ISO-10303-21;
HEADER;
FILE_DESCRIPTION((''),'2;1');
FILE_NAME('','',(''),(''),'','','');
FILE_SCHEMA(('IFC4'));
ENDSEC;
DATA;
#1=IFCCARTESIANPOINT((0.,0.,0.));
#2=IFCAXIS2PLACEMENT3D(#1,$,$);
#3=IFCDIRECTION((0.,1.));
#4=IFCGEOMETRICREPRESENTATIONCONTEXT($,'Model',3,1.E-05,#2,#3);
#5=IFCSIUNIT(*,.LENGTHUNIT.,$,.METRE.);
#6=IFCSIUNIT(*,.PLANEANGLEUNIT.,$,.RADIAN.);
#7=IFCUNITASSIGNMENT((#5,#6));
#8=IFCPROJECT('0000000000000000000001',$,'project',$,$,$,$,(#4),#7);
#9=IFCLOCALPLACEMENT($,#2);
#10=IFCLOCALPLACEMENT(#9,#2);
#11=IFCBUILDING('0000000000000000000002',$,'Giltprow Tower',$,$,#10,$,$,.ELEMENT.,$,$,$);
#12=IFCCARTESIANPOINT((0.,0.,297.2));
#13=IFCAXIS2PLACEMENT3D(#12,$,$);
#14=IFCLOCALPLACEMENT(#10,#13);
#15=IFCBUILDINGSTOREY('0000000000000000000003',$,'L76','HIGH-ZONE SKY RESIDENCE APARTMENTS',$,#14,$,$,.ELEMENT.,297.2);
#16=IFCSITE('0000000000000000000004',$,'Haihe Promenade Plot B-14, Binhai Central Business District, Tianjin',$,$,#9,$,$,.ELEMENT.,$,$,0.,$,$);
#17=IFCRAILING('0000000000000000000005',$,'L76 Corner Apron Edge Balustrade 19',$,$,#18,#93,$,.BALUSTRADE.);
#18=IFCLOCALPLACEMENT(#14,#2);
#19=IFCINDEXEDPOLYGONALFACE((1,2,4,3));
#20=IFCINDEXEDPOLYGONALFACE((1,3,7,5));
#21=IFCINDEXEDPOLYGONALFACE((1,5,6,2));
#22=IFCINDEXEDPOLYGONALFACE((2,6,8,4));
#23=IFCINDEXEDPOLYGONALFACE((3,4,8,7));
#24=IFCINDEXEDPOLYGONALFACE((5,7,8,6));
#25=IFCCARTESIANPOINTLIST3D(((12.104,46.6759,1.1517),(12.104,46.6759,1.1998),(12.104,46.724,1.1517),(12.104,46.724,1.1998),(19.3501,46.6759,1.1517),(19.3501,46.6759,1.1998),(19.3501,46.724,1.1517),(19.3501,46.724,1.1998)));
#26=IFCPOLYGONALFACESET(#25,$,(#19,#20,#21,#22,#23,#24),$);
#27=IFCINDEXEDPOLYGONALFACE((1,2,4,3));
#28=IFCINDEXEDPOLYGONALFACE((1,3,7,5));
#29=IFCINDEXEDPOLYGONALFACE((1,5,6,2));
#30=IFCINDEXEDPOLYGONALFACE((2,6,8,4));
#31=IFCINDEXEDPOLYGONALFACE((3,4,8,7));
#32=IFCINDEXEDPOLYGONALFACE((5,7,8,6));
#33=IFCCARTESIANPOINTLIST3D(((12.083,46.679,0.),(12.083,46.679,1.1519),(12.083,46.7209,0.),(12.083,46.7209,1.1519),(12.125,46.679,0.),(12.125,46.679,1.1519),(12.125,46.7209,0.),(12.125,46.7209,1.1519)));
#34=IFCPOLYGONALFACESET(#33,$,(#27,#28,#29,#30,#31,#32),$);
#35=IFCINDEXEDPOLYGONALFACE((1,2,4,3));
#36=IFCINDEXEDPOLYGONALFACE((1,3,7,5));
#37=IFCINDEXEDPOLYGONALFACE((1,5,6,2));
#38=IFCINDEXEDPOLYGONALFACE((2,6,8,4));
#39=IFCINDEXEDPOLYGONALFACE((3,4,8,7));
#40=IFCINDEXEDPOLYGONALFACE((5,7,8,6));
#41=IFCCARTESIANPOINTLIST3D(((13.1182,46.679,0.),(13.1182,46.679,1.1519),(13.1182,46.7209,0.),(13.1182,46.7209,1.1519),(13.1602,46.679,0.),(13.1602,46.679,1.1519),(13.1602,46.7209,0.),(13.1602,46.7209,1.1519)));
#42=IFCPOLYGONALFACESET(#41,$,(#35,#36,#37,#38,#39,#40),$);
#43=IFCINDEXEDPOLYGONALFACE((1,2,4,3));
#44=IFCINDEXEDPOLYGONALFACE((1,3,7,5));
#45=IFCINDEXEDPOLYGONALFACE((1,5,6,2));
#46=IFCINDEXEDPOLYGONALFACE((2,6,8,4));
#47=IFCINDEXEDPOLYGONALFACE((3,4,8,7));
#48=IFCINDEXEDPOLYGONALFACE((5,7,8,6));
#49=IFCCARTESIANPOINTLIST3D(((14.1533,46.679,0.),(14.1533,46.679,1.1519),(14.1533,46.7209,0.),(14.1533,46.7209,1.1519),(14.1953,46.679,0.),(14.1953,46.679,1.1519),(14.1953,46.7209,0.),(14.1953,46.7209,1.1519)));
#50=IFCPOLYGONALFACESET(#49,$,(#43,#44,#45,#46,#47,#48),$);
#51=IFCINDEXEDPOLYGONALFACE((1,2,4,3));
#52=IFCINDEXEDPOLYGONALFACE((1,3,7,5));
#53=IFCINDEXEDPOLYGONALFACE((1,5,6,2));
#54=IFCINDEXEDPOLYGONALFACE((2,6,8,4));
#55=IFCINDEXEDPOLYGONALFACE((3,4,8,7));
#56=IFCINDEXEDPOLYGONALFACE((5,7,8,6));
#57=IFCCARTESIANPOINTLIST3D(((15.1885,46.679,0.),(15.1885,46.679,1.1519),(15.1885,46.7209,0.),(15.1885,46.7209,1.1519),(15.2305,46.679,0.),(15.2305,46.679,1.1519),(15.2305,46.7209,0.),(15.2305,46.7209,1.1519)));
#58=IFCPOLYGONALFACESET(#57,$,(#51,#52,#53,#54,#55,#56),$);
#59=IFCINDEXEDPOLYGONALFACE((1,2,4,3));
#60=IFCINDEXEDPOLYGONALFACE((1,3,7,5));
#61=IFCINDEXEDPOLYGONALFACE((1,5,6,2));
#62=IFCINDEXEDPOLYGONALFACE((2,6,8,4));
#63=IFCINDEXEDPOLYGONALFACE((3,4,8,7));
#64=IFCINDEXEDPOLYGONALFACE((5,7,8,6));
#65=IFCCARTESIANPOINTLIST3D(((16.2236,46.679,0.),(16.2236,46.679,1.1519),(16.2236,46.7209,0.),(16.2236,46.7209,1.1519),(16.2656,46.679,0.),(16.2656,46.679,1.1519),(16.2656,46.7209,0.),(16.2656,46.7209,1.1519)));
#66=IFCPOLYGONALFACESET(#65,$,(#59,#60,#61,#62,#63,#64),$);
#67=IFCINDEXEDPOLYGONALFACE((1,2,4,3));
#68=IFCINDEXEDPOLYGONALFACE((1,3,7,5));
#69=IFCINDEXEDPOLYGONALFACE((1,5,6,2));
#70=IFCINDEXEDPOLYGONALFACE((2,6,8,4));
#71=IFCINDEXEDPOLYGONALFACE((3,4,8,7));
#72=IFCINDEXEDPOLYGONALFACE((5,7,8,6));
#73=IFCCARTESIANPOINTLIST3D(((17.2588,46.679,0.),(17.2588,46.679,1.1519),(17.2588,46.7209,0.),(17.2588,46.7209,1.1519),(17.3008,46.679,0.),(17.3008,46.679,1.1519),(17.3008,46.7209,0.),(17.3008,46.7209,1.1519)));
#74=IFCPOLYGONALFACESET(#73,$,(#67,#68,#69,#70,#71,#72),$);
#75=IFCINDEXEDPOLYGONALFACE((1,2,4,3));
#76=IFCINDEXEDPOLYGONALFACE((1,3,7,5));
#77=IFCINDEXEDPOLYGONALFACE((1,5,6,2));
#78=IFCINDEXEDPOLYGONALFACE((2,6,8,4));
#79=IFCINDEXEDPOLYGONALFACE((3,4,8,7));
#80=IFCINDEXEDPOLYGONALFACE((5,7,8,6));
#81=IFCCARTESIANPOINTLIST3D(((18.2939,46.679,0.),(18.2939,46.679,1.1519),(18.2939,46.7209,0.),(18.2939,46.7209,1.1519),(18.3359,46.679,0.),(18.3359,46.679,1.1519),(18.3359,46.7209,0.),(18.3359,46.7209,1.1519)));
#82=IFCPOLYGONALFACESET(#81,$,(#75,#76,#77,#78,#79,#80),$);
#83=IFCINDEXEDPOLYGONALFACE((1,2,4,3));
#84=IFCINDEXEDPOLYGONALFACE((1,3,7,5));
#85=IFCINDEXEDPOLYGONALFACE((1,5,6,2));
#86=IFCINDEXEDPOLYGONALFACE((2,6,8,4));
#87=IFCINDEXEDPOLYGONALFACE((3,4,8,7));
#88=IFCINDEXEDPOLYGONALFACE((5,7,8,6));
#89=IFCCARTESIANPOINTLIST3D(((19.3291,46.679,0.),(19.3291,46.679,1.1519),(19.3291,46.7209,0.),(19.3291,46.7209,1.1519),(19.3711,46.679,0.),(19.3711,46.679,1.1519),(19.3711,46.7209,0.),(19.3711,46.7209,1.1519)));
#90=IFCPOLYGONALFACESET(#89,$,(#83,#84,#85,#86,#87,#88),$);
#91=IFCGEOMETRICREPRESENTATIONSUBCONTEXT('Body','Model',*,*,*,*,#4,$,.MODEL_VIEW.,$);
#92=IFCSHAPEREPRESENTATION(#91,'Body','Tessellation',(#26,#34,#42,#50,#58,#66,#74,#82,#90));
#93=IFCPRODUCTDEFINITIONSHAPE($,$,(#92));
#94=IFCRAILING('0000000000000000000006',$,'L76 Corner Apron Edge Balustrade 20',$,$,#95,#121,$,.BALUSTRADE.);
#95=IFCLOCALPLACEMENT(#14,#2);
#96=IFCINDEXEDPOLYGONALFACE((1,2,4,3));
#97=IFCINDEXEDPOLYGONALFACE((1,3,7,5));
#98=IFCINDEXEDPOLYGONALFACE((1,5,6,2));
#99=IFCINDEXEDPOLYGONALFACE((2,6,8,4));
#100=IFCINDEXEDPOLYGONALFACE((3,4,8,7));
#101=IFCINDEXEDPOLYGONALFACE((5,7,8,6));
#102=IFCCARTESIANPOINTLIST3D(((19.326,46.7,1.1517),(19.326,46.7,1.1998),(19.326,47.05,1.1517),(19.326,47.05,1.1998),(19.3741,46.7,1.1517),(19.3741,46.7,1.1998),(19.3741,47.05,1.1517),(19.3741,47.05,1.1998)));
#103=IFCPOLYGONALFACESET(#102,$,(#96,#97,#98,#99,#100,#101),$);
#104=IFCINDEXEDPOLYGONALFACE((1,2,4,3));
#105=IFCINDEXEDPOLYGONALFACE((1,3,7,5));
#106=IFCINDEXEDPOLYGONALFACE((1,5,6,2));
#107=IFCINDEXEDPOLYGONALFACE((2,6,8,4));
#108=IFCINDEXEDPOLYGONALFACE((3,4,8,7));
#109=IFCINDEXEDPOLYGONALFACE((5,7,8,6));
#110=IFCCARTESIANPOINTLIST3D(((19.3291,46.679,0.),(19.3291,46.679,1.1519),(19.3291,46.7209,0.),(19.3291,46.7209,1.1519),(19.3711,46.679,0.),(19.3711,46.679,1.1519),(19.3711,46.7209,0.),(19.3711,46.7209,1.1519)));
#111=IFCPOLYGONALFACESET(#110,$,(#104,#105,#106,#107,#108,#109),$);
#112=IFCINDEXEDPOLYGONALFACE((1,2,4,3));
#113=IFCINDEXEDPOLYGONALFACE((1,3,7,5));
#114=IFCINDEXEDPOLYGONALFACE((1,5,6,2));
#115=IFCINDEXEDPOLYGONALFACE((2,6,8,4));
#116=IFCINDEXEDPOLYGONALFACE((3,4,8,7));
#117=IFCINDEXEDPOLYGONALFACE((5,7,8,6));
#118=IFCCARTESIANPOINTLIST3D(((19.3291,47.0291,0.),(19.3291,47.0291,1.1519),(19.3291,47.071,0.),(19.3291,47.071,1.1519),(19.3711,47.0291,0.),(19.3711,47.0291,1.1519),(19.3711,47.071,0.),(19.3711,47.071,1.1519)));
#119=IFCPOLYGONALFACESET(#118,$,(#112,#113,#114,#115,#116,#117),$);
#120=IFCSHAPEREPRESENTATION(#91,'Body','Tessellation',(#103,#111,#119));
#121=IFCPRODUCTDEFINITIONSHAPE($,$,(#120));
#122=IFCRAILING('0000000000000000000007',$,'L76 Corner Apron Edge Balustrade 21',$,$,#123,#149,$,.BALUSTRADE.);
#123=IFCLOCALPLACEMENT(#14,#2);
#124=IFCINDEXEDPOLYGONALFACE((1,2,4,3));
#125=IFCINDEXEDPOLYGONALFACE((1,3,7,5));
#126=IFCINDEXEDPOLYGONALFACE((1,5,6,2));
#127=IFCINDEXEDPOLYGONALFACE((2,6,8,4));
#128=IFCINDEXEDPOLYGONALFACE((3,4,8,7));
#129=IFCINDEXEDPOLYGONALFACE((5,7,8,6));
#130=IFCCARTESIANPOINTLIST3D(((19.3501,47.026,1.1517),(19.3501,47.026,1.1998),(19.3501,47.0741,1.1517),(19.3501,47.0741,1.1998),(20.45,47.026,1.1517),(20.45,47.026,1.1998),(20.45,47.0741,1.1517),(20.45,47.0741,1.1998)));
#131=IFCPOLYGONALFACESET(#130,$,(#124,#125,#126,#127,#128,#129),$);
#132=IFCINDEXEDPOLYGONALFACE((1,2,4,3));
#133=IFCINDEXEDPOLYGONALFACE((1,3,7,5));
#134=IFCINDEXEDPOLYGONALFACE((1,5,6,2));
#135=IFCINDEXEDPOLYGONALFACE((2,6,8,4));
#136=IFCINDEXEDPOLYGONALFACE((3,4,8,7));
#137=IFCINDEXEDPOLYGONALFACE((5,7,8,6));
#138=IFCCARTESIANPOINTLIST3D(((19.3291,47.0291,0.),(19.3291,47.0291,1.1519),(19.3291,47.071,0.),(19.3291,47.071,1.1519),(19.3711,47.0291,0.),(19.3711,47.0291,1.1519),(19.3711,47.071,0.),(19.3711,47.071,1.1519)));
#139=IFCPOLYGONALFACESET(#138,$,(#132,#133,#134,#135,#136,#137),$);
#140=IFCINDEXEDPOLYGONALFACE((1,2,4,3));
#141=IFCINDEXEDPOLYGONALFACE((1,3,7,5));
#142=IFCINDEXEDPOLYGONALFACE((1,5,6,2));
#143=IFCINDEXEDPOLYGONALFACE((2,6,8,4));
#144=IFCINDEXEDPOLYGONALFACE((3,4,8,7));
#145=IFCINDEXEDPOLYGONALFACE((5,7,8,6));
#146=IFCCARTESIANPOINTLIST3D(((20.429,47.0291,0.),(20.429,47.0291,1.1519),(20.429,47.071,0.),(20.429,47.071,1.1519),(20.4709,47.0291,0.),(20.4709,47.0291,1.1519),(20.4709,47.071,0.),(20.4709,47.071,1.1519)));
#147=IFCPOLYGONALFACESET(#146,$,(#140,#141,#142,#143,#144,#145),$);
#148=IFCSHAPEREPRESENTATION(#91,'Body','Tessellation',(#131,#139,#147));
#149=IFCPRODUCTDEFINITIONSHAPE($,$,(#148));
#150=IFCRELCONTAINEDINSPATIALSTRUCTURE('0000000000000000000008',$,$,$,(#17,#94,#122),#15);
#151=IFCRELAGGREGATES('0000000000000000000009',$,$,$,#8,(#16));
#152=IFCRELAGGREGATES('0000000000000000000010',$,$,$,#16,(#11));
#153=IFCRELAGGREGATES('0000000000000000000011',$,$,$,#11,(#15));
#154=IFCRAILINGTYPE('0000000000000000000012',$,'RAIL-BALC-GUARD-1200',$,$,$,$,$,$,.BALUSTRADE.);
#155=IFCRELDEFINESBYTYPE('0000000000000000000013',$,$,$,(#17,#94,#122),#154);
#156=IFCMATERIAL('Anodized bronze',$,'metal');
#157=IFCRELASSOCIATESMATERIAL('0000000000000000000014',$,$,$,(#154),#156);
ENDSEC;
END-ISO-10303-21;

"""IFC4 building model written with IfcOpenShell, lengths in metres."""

from ifc_helpers import new_model, si_unit, direction, frame, origin, origin_2d, place, context, subcontext, project, spatial, rectangle, extrude, material, type_object, element, save


model = new_model("IFC4")

# Units and contexts
model_context = context("Model", 3, precision=1e-05, world=origin(), true_north=direction((0.0, 1.0)))
body_context = subcontext(model_context, "Body", "Model", "MODEL_VIEW")
ifc_project = project(units=[si_unit("LENGTHUNIT", "METRE"), si_unit("PLANEANGLEUNIT", "RADIAN")], contexts=[model_context])

# Site, building, storey
site_placement = place(None, origin())
site = spatial("IfcSite", under=ifc_project, at=site_placement, Name="Haihe Promenade Plot B-14, Binhai Central Business District, Tianjin", CompositionType="ELEMENT", RefElevation=0.0)
building_placement = place(site_placement, origin())
building = spatial("IfcBuilding", under=site, at=building_placement, Name="Giltprow Tower", CompositionType="ELEMENT")
storey_placement = place(building_placement, frame((0.0, 0.0, 297.2)))
storey = spatial("IfcBuildingStorey", under=building, at=storey_placement, Name="L76", Description="HIGH-ZONE SKY RESIDENCE APARTMENTS", CompositionType="ELEMENT", Elevation=297.2)

# Railings
ifc_material_1 = material(Name="Anodized bronze", Category="metal")
railing_type = type_object("IfcRailingType", Name="RAIL-BALC-GUARD-1200", PredefinedType="BALUSTRADE", material=ifc_material_1)
railing_1_placement = place(storey_placement, frame((12.104, 46.7, 0.0)))
element("IfcRailing", 1, at=railing_1_placement, inside=storey, type_object=railing_type, Name="L76 Corner Apron Edge Balustrade 19", PredefinedType="BALUSTRADE", context=body_context, shape_type="SweptSolid", body=[
    extrude(rectangle(XDim=0.0481, YDim=0.0481, at=origin_2d()), frame((0.0, 0.0, 1.1758), z_axis=(1.0, 0.0, 0.0), x_axis=(0.0, 1.0, 0.0)), (0.0, 0.0, 1.0), 7.2461),
    extrude(rectangle(XDim=0.042, YDim=0.042, at=origin_2d()), origin(), (0.0, 0.0, 1.0), 1.1519),
    extrude(rectangle(XDim=0.042, YDim=0.042, at=origin_2d()), frame((1.0352, 0.0, 0.0)), (0.0, 0.0, 1.0), 1.1519),
    extrude(rectangle(XDim=0.042, YDim=0.042, at=origin_2d()), frame((2.0703, 0.0, 0.0)), (0.0, 0.0, 1.0), 1.1519),
    extrude(rectangle(XDim=0.042, YDim=0.042, at=origin_2d()), frame((3.1055, 0.0, 0.0)), (0.0, 0.0, 1.0), 1.1519),
    extrude(rectangle(XDim=0.042, YDim=0.042, at=origin_2d()), frame((4.1406, 0.0, 0.0)), (0.0, 0.0, 1.0), 1.1519),
    extrude(rectangle(XDim=0.042, YDim=0.042, at=origin_2d()), frame((5.1758, 0.0, 0.0)), (0.0, 0.0, 1.0), 1.1519),
    extrude(rectangle(XDim=0.042, YDim=0.042, at=origin_2d()), frame((6.2109, 0.0, 0.0)), (0.0, 0.0, 1.0), 1.1519),
    extrude(rectangle(XDim=0.042, YDim=0.042, at=origin_2d()), frame((7.2461, 0.0, 0.0)), (0.0, 0.0, 1.0), 1.1519),
])
railing_2_placement = place(storey_placement, frame((19.3501, 46.7, 0.0)))
element("IfcRailing", 2, at=railing_2_placement, inside=storey, type_object=railing_type, Name="L76 Corner Apron Edge Balustrade 20", PredefinedType="BALUSTRADE", context=body_context, shape_type="SweptSolid", body=[
    extrude(rectangle(XDim=0.0481, YDim=0.0481, at=origin_2d()), frame((0.0, 0.0, 1.1758), z_axis=(0.0, 1.0, 0.0), x_axis=(-1.0, 0.0, 0.0)), (0.0, 0.0, 1.0), 0.3501),
    extrude(rectangle(XDim=0.042, YDim=0.042, at=origin_2d()), origin(), (0.0, 0.0, 1.0), 1.1519),
    extrude(rectangle(XDim=0.042, YDim=0.042, at=origin_2d()), frame((0.0, 0.3501, 0.0)), (0.0, 0.0, 1.0), 1.1519),
])
railing_3_placement = place(storey_placement, frame((19.3501, 47.05, 0.0)))
element("IfcRailing", 3, at=railing_3_placement, inside=storey, type_object=railing_type, Name="L76 Corner Apron Edge Balustrade 21", PredefinedType="BALUSTRADE", context=body_context, shape_type="SweptSolid", body=[
    extrude(rectangle(XDim=0.0481, YDim=0.0481, at=origin_2d()), frame((0.0, 0.0, 1.1758), z_axis=(1.0, 0.0, 0.0), x_axis=(0.0, 1.0, 0.0)), (0.0, 0.0, 1.0), 1.0999),
    extrude(rectangle(XDim=0.042, YDim=0.042, at=origin_2d()), origin(), (0.0, 0.0, 1.0), 1.1519),
    extrude(rectangle(XDim=0.042, YDim=0.042, at=origin_2d()), frame((1.0999, 0.0, 0.0)), (0.0, 0.0, 1.0), 1.1519),
])

save(model, "model.ifc")
